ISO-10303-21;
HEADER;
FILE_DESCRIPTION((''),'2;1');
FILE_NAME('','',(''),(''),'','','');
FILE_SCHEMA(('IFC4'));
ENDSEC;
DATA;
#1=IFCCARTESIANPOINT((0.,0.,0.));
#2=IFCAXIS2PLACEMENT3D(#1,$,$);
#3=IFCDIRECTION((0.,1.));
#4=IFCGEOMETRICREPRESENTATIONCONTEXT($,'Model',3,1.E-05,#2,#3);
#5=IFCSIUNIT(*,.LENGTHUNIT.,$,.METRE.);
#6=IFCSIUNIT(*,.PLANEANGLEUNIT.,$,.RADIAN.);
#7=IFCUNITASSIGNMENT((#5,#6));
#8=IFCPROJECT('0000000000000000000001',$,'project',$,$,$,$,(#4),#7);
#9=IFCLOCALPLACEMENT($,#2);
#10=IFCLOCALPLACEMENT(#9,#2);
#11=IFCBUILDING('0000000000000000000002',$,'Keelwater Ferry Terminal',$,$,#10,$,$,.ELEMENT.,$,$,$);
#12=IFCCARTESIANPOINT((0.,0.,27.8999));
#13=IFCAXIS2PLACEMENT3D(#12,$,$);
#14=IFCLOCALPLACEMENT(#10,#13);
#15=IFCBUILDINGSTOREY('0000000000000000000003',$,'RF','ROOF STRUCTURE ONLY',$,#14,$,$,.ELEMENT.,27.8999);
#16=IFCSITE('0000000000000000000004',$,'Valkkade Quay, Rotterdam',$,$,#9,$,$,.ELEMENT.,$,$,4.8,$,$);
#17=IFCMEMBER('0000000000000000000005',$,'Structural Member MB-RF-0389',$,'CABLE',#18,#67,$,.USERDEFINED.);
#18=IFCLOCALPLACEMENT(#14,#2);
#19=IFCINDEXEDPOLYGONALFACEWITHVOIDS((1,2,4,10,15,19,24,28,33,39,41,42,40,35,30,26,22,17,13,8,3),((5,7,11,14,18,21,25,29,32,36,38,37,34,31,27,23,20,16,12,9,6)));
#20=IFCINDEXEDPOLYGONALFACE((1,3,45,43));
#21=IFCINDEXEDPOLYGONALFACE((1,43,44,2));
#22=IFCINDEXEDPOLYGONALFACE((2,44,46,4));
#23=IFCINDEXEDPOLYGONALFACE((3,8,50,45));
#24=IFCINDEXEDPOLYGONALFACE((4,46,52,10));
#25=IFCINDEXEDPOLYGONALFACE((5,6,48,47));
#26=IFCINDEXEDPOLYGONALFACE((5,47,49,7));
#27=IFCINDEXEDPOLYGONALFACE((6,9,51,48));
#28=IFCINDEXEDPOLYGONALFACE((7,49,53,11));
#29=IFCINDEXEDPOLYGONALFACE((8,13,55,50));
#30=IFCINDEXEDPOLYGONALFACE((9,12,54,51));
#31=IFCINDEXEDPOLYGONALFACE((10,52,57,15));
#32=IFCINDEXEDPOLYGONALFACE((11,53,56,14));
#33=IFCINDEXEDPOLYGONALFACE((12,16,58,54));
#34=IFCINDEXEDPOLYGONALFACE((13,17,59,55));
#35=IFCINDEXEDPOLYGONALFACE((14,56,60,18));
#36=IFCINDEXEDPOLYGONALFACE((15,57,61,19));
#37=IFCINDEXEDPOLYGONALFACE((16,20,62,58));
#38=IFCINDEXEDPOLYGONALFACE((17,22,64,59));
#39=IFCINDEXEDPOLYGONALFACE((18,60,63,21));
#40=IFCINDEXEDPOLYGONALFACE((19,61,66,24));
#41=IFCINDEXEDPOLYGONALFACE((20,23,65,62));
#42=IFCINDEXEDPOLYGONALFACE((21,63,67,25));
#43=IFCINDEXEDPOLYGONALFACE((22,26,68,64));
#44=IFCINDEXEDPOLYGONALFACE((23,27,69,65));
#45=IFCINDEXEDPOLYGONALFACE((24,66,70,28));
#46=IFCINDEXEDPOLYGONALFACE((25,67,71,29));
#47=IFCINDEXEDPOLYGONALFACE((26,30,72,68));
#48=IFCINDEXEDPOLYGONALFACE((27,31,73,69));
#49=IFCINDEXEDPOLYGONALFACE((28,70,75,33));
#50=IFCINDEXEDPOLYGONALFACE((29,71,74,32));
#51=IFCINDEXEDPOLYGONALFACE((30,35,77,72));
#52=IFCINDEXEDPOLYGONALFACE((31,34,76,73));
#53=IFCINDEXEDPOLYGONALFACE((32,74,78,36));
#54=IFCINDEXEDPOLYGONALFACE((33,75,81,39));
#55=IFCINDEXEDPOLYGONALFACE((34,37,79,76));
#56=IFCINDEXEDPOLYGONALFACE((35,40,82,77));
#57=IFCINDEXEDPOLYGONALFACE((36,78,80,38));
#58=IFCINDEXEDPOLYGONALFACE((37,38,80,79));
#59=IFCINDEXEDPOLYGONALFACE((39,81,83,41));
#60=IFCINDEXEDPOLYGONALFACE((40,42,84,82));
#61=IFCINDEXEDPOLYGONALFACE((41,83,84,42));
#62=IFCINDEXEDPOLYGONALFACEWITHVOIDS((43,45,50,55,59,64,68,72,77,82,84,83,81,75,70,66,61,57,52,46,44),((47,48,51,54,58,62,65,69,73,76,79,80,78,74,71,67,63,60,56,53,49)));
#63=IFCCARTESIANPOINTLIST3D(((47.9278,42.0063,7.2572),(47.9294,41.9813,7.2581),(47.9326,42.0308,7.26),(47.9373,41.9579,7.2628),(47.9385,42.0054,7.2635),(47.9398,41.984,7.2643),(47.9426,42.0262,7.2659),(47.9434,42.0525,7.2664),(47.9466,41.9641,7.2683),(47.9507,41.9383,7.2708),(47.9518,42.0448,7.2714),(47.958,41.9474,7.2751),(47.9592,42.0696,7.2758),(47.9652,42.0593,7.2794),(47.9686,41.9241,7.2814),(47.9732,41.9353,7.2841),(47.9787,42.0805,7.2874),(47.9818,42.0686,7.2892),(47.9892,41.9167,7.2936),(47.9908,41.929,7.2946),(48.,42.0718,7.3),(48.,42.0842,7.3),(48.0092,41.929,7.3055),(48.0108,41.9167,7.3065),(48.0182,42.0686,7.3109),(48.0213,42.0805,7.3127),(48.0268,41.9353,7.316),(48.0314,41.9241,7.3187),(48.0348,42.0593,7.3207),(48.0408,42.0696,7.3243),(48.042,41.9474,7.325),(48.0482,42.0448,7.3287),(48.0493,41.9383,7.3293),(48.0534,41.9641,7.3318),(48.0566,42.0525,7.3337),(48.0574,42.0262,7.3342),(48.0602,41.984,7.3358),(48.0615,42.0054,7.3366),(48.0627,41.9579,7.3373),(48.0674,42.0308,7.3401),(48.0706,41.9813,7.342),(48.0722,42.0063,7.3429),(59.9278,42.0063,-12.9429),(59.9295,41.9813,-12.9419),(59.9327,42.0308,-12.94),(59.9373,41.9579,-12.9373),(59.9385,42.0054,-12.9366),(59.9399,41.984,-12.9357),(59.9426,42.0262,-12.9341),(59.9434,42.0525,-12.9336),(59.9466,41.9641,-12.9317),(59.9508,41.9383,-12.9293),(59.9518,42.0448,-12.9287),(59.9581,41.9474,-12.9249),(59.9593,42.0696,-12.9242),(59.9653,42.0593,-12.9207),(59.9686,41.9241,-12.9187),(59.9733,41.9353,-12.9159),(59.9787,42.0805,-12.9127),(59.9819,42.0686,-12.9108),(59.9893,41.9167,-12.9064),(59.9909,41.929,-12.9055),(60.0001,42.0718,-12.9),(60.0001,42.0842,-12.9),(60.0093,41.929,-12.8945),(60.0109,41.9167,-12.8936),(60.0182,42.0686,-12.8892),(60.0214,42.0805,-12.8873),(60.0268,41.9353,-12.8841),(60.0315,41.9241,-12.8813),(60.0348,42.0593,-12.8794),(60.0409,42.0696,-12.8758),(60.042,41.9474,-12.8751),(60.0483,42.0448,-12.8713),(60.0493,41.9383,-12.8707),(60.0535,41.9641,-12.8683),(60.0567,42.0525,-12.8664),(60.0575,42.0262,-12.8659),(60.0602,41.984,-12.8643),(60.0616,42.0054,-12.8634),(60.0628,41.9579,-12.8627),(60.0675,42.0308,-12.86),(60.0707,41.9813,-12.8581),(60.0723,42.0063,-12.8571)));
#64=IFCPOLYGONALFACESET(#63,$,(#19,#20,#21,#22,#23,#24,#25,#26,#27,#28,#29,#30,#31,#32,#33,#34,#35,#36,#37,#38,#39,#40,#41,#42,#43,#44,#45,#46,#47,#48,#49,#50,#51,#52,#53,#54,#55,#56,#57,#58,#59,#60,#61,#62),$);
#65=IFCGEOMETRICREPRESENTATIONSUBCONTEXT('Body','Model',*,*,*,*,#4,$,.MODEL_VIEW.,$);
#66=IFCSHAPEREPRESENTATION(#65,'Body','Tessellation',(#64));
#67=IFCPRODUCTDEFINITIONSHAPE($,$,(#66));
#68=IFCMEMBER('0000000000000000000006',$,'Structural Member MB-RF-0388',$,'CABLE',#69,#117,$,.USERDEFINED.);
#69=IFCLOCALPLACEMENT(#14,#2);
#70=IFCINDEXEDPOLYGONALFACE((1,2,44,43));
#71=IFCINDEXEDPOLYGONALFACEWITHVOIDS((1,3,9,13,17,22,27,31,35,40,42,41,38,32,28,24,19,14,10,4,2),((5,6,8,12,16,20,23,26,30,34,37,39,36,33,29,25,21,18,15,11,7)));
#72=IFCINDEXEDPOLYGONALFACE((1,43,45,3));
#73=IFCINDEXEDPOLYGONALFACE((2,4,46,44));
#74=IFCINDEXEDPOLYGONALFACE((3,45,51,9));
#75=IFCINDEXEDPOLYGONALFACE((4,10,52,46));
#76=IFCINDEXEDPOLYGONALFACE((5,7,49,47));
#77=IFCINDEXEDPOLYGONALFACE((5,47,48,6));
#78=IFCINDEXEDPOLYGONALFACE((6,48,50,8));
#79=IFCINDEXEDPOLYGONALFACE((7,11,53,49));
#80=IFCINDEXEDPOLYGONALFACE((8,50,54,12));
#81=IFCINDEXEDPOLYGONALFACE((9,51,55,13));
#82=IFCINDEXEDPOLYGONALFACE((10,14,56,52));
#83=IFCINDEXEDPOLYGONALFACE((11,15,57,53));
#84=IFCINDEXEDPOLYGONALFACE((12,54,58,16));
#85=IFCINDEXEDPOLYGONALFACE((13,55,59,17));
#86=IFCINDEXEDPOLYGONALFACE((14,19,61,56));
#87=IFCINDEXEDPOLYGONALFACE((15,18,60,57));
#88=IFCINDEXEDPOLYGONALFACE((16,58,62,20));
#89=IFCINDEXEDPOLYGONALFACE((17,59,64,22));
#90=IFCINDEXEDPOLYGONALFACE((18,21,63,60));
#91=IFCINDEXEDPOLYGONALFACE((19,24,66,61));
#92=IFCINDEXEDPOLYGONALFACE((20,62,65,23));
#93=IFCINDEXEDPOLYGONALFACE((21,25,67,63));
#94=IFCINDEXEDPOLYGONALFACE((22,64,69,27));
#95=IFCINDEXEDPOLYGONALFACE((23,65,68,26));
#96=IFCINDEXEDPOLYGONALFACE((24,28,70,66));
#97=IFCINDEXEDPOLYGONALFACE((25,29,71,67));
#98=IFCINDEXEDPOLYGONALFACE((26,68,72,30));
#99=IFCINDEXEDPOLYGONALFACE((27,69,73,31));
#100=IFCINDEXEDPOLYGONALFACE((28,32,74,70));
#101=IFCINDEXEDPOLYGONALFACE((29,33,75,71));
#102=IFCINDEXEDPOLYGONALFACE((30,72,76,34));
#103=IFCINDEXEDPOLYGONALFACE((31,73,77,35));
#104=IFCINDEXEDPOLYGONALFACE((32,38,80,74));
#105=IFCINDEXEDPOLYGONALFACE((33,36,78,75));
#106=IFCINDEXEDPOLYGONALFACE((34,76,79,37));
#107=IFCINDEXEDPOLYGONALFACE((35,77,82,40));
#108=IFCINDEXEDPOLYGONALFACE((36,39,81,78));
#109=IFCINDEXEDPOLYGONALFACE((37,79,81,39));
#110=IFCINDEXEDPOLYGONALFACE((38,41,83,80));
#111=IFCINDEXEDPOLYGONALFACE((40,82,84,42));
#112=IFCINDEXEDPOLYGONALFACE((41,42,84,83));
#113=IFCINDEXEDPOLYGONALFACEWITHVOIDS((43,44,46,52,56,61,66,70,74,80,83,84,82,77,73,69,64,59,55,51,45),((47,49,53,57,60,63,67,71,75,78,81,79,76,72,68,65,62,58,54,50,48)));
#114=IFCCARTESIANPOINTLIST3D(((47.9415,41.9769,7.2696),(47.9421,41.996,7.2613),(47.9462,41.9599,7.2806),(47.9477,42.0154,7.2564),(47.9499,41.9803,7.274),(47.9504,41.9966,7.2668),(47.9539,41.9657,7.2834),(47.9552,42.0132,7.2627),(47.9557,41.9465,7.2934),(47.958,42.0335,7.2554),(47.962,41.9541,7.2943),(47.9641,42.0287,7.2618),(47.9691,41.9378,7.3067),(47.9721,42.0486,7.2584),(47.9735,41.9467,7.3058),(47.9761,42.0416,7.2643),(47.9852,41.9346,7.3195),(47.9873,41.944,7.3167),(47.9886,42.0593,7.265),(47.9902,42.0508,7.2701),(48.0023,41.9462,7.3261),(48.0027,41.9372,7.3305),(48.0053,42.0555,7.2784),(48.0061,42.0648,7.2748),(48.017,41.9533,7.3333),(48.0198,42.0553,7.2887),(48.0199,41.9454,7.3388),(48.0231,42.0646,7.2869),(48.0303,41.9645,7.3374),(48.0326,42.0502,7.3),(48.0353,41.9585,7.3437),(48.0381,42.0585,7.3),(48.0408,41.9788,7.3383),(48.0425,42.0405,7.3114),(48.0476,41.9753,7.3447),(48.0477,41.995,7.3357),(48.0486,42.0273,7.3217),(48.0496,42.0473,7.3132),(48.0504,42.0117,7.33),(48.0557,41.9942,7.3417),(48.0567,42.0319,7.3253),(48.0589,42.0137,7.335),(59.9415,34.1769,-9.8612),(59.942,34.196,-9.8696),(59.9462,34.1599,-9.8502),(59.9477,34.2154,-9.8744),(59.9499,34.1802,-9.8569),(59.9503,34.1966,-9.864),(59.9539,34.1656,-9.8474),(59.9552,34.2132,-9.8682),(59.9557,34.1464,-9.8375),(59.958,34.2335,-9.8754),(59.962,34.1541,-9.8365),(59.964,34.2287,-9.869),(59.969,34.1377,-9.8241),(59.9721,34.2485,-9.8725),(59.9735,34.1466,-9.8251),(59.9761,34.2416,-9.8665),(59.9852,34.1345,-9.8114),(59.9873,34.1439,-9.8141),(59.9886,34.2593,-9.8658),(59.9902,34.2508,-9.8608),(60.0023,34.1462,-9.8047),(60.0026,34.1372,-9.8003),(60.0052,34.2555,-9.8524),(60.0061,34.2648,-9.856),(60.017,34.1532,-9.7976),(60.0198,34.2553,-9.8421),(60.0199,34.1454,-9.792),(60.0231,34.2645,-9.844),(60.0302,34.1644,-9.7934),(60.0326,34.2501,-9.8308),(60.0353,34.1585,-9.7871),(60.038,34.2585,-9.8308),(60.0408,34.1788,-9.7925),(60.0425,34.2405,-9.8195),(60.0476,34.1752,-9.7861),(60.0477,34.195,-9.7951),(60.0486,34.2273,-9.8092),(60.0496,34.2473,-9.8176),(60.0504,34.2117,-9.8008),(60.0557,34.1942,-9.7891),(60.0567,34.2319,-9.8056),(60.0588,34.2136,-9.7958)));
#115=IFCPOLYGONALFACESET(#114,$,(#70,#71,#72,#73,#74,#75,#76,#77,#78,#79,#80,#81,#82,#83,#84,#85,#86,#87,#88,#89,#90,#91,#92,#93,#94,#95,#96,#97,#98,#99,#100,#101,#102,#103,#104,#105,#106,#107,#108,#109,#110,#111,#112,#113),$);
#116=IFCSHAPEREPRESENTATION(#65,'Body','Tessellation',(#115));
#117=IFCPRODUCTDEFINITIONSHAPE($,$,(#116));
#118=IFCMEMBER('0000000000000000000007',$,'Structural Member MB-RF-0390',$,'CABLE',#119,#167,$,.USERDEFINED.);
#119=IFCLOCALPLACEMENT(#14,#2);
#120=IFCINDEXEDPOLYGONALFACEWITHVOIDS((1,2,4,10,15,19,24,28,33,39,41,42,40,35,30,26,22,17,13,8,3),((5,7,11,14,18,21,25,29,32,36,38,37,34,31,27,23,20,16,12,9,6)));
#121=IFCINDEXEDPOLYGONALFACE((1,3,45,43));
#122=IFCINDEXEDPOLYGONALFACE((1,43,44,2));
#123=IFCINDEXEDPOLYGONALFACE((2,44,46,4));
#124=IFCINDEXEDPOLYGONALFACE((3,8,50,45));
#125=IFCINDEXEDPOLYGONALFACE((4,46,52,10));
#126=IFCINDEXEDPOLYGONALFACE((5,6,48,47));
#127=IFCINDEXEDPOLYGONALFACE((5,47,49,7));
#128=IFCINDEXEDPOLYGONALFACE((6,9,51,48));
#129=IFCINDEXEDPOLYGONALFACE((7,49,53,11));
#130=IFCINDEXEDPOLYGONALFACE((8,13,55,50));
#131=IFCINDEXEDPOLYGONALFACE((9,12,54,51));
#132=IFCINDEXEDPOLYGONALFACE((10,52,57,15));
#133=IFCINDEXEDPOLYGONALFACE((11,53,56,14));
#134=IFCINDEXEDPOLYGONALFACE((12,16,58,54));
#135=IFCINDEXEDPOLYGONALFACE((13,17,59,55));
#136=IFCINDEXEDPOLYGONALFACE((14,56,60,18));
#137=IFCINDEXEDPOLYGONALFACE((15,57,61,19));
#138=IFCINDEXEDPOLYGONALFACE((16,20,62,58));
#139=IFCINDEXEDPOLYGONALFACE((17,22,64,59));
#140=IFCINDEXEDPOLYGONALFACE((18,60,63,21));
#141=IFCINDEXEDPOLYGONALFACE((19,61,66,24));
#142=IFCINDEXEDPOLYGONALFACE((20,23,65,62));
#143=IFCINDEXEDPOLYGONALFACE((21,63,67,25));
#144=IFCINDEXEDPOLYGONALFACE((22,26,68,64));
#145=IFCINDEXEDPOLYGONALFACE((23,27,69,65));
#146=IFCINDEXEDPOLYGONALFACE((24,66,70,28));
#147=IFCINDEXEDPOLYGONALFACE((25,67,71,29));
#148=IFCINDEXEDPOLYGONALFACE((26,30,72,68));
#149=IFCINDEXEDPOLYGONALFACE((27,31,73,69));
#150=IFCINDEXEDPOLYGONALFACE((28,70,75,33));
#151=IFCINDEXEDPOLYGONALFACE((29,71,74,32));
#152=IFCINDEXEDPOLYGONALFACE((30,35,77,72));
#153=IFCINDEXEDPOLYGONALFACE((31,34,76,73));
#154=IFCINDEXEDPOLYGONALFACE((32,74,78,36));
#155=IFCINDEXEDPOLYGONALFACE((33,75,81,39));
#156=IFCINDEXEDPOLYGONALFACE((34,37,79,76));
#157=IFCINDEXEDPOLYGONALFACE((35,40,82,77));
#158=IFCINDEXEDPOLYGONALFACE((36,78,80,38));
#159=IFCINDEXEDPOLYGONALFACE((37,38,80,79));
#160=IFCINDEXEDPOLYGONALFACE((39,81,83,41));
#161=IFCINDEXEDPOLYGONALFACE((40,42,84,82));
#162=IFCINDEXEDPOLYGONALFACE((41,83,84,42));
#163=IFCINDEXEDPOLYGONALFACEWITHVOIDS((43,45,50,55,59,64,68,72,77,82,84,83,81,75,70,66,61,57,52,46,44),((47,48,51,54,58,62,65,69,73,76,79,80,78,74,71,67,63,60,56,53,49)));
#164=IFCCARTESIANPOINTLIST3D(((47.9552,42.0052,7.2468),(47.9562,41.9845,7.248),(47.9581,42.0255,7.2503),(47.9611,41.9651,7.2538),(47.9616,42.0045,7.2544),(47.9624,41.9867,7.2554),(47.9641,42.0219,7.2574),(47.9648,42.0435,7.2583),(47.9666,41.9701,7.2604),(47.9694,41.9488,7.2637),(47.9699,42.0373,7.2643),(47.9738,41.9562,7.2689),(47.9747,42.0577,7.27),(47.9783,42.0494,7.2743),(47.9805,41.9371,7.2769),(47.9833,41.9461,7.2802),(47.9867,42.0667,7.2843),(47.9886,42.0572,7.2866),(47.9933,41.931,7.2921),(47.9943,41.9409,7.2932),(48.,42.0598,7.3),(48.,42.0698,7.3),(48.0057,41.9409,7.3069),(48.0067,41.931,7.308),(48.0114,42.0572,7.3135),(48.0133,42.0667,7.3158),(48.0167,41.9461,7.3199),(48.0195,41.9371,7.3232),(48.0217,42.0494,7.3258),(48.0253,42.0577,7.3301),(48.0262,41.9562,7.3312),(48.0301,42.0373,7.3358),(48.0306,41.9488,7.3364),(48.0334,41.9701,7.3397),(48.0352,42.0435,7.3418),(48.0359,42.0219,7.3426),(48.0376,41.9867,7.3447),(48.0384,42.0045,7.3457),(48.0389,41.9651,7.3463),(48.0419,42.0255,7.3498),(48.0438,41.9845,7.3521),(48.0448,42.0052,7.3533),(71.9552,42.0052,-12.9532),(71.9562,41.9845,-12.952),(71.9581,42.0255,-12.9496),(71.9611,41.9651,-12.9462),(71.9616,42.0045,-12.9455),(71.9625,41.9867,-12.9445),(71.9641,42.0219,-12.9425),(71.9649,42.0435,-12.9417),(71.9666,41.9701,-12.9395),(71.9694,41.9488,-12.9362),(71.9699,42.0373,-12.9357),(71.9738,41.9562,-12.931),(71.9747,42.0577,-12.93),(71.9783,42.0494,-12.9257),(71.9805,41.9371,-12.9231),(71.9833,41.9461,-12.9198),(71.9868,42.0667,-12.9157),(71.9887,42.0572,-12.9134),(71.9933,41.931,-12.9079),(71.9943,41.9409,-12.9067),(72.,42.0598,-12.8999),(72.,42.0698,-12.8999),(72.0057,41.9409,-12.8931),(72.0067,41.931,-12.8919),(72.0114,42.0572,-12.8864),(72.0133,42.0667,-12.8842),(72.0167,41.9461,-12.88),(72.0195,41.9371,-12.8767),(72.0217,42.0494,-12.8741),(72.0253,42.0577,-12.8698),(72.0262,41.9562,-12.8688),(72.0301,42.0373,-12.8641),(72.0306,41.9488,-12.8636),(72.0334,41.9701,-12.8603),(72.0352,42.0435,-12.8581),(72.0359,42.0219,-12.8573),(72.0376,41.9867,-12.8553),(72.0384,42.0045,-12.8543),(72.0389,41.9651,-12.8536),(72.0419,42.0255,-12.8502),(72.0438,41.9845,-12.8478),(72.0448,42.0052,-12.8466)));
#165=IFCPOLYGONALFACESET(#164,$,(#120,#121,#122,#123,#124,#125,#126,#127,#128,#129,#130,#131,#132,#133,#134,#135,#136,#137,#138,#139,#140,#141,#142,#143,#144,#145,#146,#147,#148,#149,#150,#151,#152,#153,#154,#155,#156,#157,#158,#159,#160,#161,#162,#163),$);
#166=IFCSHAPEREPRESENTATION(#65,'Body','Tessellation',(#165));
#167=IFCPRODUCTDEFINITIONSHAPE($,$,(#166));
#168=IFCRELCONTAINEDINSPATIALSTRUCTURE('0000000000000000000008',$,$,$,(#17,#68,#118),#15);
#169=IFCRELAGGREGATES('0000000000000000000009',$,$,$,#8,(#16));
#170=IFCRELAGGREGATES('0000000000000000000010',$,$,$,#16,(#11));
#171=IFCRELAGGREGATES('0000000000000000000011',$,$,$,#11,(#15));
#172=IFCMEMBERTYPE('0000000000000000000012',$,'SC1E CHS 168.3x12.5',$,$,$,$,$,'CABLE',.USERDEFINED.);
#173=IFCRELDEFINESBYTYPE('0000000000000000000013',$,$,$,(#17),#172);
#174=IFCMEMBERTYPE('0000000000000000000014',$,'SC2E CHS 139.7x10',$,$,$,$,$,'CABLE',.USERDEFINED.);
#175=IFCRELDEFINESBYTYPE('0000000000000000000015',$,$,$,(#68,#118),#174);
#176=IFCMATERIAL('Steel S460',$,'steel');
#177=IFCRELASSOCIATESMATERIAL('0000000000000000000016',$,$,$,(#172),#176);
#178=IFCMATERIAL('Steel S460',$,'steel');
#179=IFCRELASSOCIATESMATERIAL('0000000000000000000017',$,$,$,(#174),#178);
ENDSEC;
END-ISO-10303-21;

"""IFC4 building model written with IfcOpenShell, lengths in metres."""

from ifc_helpers import new_model, si_unit, direction, frame, origin, origin_2d, place, context, subcontext, project, spatial, hollow_circle, extrude, material, material_profile, profile_set, type_object, element, save


model = new_model("IFC4")

# Units and contexts
model_context = context("Model", 3, precision=1e-05, world=origin(), true_north=direction((0.0, 1.0)))
body_context = subcontext(model_context, "Body", "Model", "MODEL_VIEW")
ifc_project = project(units=[si_unit("LENGTHUNIT", "METRE"), si_unit("PLANEANGLEUNIT", "RADIAN")], contexts=[model_context])

# Site, building, storey
site_placement = place(None, origin())
site = spatial("IfcSite", under=ifc_project, at=site_placement, Name="Valkkade Quay, Rotterdam", CompositionType="ELEMENT", RefElevation=4.8)
building_placement = place(site_placement, origin())
building = spatial("IfcBuilding", under=site, at=building_placement, Name="Keelwater Ferry Terminal", CompositionType="ELEMENT")
storey_placement = place(building_placement, frame((0.0, 0.0, 27.8999)))
storey = spatial("IfcBuildingStorey", under=building, at=storey_placement, Name="RF", Description="ROOF STRUCTURE ONLY", CompositionType="ELEMENT", Elevation=27.8999)

# Members
ifc_material_1 = material(Name="Steel S460", Category="steel")
ifc_material_profile_1 = material_profile(ifc_material_1, hollow_circle(Radius=0.0842, WallThickness=0.0125, at=origin_2d()), Name="CHS 168.3x12.5")
ifc_profile_set_1 = profile_set([ifc_material_profile_1], Name="Steel S460")
member_type_1 = type_object("IfcMemberType", Name="SC1E CHS 168.3x12.5", ElementType="CABLE", PredefinedType="USERDEFINED", material=ifc_profile_set_1)
member_1_placement = place(storey_placement, frame((48.0, 42.0, 7.3), z_axis=(0.510736, 0.0, -0.859737), x_axis=(0.0, 1.0, 0.0)))
element("IfcMember", 1, at=member_1_placement, inside=storey, type_object=member_type_1, Name="Structural Member MB-RF-0389", ObjectType="CABLE", PredefinedType="USERDEFINED", context=body_context, shape_type="SweptSolid", body=[
    extrude(hollow_circle(Radius=0.0842, WallThickness=0.0125, at=origin_2d()), origin(), (0.0, 0.0, 1.0), 23.4956),
])
ifc_material_2 = material(Name="Steel S460", Category="steel")
ifc_material_profile_2 = material_profile(ifc_material_2, hollow_circle(Radius=0.0698, WallThickness=0.01, at=origin_2d()), Name="CHS 139.7x10")
ifc_profile_set_2 = profile_set([ifc_material_profile_2], Name="Steel S460")
member_type_2 = type_object("IfcMemberType", Name="SC2E CHS 139.7x10", ElementType="CABLE", PredefinedType="USERDEFINED", material=ifc_profile_set_2)
member_2_placement = place(storey_placement, frame((48.0, 42.0, 7.3), z_axis=(0.537567, -0.349421, -0.767416), x_axis=(0.544991, 0.838442, 0.0)))
element("IfcMember", 2, at=member_2_placement, inside=storey, type_object=member_type_2, Name="Structural Member MB-RF-0388", ObjectType="CABLE", PredefinedType="USERDEFINED", context=body_context, shape_type="SweptSolid", body=[
    extrude(hollow_circle(Radius=0.0698, WallThickness=0.01, at=origin_2d()), origin(), (0.0, 0.0, 1.0), 22.3228),
])
member_3_placement = place(storey_placement, frame((48.0, 42.0, 7.3), z_axis=(0.765077, 0.0, -0.643938), x_axis=(0.0, 1.0, 0.0)))
element("IfcMember", 3, at=member_3_placement, inside=storey, type_object=member_type_2, Name="Structural Member MB-RF-0390", ObjectType="CABLE", PredefinedType="USERDEFINED", context=body_context, shape_type="SweptSolid", body=[
    extrude(hollow_circle(Radius=0.0698, WallThickness=0.01, at=origin_2d()), origin(), (0.0, 0.0, 1.0), 31.3694),
])

save(model, "model.ifc")
